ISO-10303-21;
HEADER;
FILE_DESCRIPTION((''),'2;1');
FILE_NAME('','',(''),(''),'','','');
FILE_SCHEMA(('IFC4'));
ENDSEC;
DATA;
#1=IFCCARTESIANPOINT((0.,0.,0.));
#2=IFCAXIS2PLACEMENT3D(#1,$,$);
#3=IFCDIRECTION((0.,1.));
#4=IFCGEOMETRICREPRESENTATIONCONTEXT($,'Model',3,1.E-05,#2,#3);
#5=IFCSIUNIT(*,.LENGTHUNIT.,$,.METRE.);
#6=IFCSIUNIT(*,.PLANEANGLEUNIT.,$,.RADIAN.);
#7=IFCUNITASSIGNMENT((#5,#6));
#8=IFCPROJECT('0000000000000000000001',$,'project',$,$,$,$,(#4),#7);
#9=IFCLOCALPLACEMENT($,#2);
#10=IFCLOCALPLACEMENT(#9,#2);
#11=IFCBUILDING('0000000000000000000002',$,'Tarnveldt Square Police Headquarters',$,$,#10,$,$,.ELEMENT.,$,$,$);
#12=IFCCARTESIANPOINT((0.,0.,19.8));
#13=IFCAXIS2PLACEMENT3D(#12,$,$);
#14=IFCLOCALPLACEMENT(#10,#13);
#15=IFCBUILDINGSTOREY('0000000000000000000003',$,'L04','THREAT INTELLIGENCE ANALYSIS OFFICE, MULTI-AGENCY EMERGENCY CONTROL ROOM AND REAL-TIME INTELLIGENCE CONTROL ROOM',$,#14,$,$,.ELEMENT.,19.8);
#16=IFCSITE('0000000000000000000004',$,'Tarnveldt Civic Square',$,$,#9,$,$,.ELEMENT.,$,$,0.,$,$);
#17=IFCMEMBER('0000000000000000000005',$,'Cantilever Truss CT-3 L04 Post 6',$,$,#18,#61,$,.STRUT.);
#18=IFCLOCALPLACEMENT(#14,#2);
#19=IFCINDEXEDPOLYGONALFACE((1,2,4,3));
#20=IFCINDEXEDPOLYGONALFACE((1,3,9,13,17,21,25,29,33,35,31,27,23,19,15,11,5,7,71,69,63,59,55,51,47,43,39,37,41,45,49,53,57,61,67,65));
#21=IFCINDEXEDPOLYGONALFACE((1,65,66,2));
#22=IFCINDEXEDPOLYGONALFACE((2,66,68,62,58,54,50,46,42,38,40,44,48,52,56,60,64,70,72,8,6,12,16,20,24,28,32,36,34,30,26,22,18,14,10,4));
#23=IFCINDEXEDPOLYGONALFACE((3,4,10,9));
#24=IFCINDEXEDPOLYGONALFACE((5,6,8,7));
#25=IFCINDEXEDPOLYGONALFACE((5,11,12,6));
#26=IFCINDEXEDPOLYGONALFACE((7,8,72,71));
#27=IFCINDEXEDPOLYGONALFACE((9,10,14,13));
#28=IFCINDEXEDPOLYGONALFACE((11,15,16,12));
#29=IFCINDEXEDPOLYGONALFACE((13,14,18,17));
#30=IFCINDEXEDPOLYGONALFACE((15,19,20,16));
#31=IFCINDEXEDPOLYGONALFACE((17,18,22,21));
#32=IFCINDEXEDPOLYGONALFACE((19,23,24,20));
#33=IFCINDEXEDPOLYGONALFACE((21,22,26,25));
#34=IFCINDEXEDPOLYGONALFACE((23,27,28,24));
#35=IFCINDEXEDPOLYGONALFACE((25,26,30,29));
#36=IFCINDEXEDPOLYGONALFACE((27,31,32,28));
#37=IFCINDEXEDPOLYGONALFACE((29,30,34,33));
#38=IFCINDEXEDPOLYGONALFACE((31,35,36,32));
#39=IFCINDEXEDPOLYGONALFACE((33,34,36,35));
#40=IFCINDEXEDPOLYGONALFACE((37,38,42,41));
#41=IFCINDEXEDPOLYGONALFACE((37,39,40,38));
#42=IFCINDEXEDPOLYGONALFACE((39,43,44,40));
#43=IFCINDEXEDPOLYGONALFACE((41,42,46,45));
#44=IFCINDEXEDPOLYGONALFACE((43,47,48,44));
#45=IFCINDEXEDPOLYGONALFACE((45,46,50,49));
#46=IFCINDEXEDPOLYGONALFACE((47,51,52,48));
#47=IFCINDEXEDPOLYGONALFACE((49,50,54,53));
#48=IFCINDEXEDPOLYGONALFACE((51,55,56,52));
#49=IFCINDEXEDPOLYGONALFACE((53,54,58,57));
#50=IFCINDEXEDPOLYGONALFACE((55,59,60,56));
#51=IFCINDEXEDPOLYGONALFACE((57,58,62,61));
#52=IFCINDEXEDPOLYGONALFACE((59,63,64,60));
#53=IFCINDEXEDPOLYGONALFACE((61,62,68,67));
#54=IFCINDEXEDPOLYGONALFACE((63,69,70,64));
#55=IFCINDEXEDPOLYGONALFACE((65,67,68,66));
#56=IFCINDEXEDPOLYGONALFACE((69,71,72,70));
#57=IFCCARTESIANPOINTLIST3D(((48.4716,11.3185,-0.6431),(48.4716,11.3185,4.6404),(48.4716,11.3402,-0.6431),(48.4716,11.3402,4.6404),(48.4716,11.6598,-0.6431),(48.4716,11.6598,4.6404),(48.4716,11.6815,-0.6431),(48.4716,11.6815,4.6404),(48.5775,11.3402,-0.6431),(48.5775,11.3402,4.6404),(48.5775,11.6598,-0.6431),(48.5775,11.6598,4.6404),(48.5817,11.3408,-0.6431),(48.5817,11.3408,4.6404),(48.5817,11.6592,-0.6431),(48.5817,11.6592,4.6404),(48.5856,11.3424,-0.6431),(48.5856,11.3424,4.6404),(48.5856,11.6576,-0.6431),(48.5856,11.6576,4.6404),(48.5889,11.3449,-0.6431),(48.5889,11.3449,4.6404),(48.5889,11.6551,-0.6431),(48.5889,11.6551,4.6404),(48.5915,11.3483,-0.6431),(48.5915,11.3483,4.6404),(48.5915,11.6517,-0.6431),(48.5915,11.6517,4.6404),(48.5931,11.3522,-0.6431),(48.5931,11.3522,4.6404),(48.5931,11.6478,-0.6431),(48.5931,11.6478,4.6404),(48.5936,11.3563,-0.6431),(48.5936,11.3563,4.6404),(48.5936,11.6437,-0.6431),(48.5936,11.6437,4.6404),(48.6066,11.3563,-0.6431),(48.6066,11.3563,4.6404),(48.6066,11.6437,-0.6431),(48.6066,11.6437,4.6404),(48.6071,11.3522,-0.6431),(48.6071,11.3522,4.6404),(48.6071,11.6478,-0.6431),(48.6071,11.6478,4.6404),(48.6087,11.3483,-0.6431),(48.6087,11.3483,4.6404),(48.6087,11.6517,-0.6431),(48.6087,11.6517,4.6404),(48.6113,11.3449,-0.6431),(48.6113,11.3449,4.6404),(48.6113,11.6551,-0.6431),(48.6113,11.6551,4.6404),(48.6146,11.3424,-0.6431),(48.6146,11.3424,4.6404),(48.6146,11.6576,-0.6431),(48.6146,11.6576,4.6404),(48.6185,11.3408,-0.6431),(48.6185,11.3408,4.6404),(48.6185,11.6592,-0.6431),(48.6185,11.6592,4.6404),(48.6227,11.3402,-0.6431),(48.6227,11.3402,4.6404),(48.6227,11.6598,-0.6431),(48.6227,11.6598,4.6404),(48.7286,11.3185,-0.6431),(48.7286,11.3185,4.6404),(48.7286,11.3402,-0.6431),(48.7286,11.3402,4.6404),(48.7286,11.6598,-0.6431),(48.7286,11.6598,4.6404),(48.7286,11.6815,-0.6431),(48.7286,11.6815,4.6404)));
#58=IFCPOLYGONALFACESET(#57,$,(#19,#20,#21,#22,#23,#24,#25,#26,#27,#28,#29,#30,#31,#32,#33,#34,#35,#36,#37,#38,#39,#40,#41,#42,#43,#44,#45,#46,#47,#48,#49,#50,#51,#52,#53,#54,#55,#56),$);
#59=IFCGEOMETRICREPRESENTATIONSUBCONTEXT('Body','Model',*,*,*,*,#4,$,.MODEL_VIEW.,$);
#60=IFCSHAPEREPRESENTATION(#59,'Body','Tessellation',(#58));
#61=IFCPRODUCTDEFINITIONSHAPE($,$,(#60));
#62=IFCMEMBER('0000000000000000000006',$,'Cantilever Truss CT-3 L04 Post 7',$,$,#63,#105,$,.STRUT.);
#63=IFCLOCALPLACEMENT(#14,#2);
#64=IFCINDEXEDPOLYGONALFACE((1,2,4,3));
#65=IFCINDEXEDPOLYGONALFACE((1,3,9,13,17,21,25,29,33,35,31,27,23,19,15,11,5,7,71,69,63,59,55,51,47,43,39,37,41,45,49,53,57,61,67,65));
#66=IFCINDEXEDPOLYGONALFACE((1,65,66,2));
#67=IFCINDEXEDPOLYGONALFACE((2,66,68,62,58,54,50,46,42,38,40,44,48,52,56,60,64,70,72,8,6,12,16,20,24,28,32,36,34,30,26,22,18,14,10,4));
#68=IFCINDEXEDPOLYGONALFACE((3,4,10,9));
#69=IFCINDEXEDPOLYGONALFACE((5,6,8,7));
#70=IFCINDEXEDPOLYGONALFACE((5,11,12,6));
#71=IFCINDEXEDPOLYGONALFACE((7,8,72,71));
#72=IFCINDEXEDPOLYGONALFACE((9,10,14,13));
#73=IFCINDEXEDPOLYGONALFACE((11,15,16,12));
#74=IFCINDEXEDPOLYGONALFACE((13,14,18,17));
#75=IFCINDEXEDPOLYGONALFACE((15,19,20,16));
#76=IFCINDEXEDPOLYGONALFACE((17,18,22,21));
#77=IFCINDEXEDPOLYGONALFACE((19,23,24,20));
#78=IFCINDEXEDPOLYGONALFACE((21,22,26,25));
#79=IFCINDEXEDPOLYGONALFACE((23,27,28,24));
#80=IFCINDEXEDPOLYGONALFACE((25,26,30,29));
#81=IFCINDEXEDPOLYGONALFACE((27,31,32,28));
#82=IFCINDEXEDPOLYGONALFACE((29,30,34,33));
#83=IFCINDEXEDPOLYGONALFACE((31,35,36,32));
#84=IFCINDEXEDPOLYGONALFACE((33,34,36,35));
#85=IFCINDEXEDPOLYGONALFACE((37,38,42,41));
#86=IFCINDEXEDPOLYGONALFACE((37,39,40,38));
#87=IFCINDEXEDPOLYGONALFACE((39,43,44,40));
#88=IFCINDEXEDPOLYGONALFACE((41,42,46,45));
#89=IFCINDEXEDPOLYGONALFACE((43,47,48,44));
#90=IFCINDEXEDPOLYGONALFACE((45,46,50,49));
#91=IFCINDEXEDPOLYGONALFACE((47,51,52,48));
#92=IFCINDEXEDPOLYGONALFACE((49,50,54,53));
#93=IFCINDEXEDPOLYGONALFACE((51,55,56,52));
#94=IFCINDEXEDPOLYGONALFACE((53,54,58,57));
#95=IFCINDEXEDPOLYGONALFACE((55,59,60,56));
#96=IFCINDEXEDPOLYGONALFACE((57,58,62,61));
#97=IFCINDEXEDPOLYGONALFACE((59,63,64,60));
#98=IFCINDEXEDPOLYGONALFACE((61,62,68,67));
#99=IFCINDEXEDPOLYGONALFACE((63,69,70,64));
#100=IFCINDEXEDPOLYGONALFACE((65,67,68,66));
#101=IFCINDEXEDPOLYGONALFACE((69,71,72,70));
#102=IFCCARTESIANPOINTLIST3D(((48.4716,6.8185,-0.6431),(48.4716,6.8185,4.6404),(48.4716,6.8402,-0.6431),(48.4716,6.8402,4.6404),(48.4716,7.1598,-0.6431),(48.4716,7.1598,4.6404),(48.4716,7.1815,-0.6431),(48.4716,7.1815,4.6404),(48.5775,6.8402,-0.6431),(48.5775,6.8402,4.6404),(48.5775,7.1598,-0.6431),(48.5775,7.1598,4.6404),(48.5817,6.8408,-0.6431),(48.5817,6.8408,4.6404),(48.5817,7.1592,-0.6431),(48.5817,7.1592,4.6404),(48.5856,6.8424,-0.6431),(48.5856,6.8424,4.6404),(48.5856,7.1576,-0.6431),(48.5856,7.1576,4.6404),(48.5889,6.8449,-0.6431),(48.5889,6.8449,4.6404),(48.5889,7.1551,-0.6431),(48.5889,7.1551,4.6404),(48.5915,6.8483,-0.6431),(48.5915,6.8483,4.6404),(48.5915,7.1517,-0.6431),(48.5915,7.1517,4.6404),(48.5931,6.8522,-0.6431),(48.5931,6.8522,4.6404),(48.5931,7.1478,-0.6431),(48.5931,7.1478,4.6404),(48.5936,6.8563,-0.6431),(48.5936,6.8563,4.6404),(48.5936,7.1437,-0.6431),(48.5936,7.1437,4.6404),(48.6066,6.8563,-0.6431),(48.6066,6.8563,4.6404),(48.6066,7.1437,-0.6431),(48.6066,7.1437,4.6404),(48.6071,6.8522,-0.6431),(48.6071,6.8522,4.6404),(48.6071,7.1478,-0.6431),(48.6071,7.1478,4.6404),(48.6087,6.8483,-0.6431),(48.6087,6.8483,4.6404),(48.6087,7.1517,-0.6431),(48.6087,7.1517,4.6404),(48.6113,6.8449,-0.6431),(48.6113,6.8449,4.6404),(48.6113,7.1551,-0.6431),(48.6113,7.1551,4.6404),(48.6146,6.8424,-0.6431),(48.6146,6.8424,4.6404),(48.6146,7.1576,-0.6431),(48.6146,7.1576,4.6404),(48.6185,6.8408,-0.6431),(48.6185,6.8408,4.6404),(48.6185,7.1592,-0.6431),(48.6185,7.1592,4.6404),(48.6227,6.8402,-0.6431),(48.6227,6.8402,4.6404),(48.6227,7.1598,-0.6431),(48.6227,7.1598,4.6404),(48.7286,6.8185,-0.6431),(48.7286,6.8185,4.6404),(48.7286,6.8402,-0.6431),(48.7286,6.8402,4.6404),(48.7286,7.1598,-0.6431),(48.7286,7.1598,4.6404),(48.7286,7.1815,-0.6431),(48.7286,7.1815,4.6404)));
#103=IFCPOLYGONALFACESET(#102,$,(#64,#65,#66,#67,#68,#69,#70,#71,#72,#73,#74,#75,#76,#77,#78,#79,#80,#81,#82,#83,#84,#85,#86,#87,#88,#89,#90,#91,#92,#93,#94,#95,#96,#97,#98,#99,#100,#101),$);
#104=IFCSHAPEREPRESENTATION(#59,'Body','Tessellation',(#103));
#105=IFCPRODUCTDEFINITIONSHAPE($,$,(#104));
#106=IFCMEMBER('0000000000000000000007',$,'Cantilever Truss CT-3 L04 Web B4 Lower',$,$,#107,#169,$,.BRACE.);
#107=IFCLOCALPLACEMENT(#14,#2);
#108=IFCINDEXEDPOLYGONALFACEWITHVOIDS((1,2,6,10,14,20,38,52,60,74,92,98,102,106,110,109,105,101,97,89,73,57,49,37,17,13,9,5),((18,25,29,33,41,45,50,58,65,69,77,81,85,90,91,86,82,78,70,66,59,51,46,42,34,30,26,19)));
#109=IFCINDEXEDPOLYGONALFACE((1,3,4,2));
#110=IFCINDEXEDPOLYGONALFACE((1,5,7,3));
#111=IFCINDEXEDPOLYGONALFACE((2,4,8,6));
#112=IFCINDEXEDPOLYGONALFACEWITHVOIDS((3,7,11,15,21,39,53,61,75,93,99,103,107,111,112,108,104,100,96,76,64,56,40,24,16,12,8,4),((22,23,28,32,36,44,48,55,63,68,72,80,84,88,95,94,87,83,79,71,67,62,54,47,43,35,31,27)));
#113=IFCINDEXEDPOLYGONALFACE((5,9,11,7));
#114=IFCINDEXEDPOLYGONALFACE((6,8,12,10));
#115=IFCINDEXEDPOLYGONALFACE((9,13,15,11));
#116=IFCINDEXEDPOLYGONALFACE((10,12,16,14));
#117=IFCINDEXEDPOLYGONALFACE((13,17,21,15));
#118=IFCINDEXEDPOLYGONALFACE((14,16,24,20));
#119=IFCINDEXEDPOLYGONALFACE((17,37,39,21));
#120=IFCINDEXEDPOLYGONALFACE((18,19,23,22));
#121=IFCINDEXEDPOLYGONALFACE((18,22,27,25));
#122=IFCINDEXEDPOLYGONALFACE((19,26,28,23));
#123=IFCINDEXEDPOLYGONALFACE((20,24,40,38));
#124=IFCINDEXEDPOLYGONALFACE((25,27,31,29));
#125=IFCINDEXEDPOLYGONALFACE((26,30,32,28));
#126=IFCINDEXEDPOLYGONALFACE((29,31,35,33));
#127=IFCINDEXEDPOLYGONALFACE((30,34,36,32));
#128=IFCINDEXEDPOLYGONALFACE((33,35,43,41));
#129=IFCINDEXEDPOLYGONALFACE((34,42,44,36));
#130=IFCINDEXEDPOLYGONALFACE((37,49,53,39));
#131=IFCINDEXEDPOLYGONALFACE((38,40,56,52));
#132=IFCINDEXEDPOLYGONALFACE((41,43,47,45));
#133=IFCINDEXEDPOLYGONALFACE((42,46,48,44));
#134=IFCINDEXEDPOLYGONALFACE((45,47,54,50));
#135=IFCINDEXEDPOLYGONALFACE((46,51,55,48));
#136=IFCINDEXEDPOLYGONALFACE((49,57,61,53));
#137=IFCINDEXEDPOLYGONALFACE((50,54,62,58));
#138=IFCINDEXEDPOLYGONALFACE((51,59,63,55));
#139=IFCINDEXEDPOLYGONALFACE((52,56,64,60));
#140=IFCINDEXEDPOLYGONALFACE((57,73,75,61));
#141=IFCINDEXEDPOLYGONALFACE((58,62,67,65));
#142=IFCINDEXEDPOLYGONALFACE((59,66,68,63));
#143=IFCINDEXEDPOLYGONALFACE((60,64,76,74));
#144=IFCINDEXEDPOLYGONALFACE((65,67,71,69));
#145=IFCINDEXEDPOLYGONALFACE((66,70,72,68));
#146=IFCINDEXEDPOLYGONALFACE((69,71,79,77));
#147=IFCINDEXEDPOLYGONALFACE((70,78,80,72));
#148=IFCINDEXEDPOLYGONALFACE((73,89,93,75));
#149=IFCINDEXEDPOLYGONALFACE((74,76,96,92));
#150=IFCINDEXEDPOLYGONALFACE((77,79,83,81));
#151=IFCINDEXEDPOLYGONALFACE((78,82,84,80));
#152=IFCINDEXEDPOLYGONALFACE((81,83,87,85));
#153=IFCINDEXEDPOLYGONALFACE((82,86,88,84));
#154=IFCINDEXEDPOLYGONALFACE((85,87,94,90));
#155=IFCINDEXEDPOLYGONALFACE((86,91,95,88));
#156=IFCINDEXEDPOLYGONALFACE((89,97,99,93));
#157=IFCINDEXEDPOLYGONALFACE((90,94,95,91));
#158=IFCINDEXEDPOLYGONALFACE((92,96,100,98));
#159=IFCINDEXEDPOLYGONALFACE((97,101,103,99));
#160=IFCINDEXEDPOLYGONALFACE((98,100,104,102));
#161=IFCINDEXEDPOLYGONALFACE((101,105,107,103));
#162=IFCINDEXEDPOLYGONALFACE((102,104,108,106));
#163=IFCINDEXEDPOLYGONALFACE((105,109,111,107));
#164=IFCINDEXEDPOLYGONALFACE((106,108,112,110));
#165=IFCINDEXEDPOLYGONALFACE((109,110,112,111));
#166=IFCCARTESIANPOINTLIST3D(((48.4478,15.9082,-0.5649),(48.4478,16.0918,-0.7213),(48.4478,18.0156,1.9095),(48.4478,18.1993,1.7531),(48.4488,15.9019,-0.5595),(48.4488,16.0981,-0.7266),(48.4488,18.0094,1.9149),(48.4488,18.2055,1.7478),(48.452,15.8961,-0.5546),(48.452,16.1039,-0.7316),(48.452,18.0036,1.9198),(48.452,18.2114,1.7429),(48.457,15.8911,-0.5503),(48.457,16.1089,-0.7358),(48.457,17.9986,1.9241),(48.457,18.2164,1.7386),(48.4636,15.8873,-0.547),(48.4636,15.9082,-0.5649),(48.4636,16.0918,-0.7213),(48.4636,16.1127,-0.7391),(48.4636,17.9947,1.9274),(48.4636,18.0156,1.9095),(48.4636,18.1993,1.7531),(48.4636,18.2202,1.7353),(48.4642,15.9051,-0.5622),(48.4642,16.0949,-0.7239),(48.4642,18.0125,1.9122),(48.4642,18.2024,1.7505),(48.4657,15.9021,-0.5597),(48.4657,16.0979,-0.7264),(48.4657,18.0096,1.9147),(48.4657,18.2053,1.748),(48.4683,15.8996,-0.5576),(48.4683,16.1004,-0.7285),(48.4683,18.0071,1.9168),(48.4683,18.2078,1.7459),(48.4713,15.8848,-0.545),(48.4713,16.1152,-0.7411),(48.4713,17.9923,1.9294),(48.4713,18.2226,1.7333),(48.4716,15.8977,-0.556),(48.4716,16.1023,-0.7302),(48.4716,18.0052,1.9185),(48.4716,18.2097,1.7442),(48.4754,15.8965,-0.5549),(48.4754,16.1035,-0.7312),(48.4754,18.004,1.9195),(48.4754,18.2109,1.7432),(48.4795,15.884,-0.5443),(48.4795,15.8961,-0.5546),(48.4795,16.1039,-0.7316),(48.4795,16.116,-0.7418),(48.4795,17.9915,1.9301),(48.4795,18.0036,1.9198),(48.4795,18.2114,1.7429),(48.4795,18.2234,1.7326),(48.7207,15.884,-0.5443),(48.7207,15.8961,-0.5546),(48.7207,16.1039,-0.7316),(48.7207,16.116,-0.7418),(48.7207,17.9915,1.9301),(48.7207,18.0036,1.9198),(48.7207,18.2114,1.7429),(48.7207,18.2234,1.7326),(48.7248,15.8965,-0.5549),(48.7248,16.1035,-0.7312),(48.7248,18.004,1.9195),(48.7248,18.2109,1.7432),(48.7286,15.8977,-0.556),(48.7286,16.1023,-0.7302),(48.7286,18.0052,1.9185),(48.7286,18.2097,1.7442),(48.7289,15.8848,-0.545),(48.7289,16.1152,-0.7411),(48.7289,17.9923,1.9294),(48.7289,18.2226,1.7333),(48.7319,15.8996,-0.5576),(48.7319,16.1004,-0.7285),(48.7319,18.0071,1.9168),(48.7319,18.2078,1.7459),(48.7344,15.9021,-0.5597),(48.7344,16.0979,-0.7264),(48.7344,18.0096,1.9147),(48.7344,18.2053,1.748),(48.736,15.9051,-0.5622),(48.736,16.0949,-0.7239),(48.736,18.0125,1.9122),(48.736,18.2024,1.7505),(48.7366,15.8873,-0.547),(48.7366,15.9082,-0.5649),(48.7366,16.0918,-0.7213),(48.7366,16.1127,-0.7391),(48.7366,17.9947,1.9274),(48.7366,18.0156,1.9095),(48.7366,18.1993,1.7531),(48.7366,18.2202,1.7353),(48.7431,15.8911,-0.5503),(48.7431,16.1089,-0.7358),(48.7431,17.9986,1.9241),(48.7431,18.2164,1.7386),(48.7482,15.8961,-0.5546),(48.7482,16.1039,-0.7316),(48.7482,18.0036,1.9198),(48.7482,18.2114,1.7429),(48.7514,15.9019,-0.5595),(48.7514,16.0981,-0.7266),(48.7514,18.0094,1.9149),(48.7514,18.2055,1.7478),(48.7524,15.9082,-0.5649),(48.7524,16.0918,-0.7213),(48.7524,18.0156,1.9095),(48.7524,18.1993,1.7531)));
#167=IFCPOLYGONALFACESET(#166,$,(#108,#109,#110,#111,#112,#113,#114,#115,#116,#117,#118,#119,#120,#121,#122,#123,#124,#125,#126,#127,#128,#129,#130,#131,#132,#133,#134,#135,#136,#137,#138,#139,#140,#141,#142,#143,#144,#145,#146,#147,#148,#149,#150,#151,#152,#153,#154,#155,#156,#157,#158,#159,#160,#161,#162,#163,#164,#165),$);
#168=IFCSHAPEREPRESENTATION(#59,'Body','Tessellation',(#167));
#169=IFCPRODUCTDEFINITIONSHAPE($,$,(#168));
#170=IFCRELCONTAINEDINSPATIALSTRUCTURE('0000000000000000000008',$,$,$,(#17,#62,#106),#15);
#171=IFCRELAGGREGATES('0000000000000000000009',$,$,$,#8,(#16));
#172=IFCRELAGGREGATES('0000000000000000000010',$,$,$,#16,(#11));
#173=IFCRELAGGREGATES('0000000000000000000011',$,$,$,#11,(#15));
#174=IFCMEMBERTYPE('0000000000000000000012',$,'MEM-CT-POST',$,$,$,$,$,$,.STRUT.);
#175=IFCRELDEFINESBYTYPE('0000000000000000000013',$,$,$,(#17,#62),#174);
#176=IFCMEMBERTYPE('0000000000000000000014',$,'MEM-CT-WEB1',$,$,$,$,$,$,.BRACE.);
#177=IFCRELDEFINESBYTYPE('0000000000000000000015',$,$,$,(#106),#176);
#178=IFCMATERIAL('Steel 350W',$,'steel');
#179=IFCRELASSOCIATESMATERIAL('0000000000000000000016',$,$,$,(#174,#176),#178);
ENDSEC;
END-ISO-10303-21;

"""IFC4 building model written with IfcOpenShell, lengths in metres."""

from ifc_helpers import new_model, si_unit, direction, frame, origin, origin_2d, place, context, subcontext, project, spatial, hollow_rectangle, i_section, extrude, material, material_profile, profile_set, type_object, element, save


model = new_model("IFC4")

# Units and contexts
model_context = context("Model", 3, precision=1e-05, world=origin(), true_north=direction((0.0, 1.0)))
body_context = subcontext(model_context, "Body", "Model", "MODEL_VIEW")
ifc_project = project(units=[si_unit("LENGTHUNIT", "METRE"), si_unit("PLANEANGLEUNIT", "RADIAN")], contexts=[model_context])

# Site, building, storey
site_placement = place(None, origin())
site = spatial("IfcSite", under=ifc_project, at=site_placement, Name="Tarnveldt Civic Square", CompositionType="ELEMENT", RefElevation=0.0)
building_placement = place(site_placement, origin())
building = spatial("IfcBuilding", under=site, at=building_placement, Name="Tarnveldt Square Police Headquarters", CompositionType="ELEMENT")
storey_placement = place(building_placement, frame((0.0, 0.0, 19.8)))
storey = spatial("IfcBuildingStorey", under=building, at=storey_placement, Name="L04", Description="THREAT INTELLIGENCE ANALYSIS OFFICE, MULTI-AGENCY EMERGENCY CONTROL ROOM AND REAL-TIME INTELLIGENCE CONTROL ROOM", CompositionType="ELEMENT", Elevation=19.8)

# Shared definitions
ifc_material_1 = material(Name="Steel 350W", Category="steel")

# Members
ifc_material_profile_1 = material_profile(ifc_material_1, i_section(OverallWidth=0.2571, OverallDepth=0.363, WebThickness=0.0129, FlangeThickness=0.0217, FilletRadius=0.0161, at=origin_2d()), Name="W360x122")
ifc_profile_set_1 = profile_set([ifc_material_profile_1], Name="Steel 350W")
member_type_1 = type_object("IfcMemberType", Name="MEM-CT-POST", PredefinedType="STRUT", material=ifc_profile_set_1)
for number, where, z_axis, x_axis, name in (
    (1, (48.6001, 11.5, -0.6431), (0.0, 0.0, 1.0), (1.0, 0.0, 0.0), "Cantilever Truss CT-3 L04 Post 6"),
    (2, (48.6001, 7.0, -0.6431), (0.0, 0.0, 1.0), (1.0, 0.0, 0.0), "Cantilever Truss CT-3 L04 Post 7"),
):
    element("IfcMember", number, at=place(storey_placement, frame(where, z_axis=z_axis, x_axis=x_axis)), inside=storey, type_object=member_type_1, Name=name, PredefinedType="STRUT", context=body_context, shape_type="SweptSolid", body=[
        extrude(i_section(OverallWidth=0.2571, OverallDepth=0.363, WebThickness=0.0129, FlangeThickness=0.0217, FilletRadius=0.0161, at=origin_2d()), origin(), (0.0, 0.0, 1.0), 5.2834),
    ])
ifc_material_profile_2 = material_profile(ifc_material_1, hollow_rectangle(XDim=0.3047, YDim=0.3047, WallThickness=0.0159, InnerFilletRadius=0.0159, OuterFilletRadius=0.0317, at=origin_2d()), Name="HSS305x305x16")
ifc_profile_set_2 = profile_set([ifc_material_profile_2], Name="Steel 350W")
member_type_2 = type_object("IfcMemberType", Name="MEM-CT-WEB1", PredefinedType="BRACE", material=ifc_profile_set_2)
member_1_placement = place(storey_placement, frame((48.6001, 16.0, -0.6431), z_axis=(0.0, 0.6484, 0.7613), x_axis=(-1.0, 0.0, 0.0)))
element("IfcMember", 3, at=member_1_placement, inside=storey, type_object=member_type_2, Name="Cantilever Truss CT-3 L04 Web B4 Lower", PredefinedType="BRACE", context=body_context, shape_type="SweptSolid", body=[
    extrude(hollow_rectangle(XDim=0.3047, YDim=0.3047, WallThickness=0.0159, InnerFilletRadius=0.0159, OuterFilletRadius=0.0317, at=origin_2d()), origin(), (0.0, 0.0, 1.0), 3.2502),
])

save(model, "model.ifc")
